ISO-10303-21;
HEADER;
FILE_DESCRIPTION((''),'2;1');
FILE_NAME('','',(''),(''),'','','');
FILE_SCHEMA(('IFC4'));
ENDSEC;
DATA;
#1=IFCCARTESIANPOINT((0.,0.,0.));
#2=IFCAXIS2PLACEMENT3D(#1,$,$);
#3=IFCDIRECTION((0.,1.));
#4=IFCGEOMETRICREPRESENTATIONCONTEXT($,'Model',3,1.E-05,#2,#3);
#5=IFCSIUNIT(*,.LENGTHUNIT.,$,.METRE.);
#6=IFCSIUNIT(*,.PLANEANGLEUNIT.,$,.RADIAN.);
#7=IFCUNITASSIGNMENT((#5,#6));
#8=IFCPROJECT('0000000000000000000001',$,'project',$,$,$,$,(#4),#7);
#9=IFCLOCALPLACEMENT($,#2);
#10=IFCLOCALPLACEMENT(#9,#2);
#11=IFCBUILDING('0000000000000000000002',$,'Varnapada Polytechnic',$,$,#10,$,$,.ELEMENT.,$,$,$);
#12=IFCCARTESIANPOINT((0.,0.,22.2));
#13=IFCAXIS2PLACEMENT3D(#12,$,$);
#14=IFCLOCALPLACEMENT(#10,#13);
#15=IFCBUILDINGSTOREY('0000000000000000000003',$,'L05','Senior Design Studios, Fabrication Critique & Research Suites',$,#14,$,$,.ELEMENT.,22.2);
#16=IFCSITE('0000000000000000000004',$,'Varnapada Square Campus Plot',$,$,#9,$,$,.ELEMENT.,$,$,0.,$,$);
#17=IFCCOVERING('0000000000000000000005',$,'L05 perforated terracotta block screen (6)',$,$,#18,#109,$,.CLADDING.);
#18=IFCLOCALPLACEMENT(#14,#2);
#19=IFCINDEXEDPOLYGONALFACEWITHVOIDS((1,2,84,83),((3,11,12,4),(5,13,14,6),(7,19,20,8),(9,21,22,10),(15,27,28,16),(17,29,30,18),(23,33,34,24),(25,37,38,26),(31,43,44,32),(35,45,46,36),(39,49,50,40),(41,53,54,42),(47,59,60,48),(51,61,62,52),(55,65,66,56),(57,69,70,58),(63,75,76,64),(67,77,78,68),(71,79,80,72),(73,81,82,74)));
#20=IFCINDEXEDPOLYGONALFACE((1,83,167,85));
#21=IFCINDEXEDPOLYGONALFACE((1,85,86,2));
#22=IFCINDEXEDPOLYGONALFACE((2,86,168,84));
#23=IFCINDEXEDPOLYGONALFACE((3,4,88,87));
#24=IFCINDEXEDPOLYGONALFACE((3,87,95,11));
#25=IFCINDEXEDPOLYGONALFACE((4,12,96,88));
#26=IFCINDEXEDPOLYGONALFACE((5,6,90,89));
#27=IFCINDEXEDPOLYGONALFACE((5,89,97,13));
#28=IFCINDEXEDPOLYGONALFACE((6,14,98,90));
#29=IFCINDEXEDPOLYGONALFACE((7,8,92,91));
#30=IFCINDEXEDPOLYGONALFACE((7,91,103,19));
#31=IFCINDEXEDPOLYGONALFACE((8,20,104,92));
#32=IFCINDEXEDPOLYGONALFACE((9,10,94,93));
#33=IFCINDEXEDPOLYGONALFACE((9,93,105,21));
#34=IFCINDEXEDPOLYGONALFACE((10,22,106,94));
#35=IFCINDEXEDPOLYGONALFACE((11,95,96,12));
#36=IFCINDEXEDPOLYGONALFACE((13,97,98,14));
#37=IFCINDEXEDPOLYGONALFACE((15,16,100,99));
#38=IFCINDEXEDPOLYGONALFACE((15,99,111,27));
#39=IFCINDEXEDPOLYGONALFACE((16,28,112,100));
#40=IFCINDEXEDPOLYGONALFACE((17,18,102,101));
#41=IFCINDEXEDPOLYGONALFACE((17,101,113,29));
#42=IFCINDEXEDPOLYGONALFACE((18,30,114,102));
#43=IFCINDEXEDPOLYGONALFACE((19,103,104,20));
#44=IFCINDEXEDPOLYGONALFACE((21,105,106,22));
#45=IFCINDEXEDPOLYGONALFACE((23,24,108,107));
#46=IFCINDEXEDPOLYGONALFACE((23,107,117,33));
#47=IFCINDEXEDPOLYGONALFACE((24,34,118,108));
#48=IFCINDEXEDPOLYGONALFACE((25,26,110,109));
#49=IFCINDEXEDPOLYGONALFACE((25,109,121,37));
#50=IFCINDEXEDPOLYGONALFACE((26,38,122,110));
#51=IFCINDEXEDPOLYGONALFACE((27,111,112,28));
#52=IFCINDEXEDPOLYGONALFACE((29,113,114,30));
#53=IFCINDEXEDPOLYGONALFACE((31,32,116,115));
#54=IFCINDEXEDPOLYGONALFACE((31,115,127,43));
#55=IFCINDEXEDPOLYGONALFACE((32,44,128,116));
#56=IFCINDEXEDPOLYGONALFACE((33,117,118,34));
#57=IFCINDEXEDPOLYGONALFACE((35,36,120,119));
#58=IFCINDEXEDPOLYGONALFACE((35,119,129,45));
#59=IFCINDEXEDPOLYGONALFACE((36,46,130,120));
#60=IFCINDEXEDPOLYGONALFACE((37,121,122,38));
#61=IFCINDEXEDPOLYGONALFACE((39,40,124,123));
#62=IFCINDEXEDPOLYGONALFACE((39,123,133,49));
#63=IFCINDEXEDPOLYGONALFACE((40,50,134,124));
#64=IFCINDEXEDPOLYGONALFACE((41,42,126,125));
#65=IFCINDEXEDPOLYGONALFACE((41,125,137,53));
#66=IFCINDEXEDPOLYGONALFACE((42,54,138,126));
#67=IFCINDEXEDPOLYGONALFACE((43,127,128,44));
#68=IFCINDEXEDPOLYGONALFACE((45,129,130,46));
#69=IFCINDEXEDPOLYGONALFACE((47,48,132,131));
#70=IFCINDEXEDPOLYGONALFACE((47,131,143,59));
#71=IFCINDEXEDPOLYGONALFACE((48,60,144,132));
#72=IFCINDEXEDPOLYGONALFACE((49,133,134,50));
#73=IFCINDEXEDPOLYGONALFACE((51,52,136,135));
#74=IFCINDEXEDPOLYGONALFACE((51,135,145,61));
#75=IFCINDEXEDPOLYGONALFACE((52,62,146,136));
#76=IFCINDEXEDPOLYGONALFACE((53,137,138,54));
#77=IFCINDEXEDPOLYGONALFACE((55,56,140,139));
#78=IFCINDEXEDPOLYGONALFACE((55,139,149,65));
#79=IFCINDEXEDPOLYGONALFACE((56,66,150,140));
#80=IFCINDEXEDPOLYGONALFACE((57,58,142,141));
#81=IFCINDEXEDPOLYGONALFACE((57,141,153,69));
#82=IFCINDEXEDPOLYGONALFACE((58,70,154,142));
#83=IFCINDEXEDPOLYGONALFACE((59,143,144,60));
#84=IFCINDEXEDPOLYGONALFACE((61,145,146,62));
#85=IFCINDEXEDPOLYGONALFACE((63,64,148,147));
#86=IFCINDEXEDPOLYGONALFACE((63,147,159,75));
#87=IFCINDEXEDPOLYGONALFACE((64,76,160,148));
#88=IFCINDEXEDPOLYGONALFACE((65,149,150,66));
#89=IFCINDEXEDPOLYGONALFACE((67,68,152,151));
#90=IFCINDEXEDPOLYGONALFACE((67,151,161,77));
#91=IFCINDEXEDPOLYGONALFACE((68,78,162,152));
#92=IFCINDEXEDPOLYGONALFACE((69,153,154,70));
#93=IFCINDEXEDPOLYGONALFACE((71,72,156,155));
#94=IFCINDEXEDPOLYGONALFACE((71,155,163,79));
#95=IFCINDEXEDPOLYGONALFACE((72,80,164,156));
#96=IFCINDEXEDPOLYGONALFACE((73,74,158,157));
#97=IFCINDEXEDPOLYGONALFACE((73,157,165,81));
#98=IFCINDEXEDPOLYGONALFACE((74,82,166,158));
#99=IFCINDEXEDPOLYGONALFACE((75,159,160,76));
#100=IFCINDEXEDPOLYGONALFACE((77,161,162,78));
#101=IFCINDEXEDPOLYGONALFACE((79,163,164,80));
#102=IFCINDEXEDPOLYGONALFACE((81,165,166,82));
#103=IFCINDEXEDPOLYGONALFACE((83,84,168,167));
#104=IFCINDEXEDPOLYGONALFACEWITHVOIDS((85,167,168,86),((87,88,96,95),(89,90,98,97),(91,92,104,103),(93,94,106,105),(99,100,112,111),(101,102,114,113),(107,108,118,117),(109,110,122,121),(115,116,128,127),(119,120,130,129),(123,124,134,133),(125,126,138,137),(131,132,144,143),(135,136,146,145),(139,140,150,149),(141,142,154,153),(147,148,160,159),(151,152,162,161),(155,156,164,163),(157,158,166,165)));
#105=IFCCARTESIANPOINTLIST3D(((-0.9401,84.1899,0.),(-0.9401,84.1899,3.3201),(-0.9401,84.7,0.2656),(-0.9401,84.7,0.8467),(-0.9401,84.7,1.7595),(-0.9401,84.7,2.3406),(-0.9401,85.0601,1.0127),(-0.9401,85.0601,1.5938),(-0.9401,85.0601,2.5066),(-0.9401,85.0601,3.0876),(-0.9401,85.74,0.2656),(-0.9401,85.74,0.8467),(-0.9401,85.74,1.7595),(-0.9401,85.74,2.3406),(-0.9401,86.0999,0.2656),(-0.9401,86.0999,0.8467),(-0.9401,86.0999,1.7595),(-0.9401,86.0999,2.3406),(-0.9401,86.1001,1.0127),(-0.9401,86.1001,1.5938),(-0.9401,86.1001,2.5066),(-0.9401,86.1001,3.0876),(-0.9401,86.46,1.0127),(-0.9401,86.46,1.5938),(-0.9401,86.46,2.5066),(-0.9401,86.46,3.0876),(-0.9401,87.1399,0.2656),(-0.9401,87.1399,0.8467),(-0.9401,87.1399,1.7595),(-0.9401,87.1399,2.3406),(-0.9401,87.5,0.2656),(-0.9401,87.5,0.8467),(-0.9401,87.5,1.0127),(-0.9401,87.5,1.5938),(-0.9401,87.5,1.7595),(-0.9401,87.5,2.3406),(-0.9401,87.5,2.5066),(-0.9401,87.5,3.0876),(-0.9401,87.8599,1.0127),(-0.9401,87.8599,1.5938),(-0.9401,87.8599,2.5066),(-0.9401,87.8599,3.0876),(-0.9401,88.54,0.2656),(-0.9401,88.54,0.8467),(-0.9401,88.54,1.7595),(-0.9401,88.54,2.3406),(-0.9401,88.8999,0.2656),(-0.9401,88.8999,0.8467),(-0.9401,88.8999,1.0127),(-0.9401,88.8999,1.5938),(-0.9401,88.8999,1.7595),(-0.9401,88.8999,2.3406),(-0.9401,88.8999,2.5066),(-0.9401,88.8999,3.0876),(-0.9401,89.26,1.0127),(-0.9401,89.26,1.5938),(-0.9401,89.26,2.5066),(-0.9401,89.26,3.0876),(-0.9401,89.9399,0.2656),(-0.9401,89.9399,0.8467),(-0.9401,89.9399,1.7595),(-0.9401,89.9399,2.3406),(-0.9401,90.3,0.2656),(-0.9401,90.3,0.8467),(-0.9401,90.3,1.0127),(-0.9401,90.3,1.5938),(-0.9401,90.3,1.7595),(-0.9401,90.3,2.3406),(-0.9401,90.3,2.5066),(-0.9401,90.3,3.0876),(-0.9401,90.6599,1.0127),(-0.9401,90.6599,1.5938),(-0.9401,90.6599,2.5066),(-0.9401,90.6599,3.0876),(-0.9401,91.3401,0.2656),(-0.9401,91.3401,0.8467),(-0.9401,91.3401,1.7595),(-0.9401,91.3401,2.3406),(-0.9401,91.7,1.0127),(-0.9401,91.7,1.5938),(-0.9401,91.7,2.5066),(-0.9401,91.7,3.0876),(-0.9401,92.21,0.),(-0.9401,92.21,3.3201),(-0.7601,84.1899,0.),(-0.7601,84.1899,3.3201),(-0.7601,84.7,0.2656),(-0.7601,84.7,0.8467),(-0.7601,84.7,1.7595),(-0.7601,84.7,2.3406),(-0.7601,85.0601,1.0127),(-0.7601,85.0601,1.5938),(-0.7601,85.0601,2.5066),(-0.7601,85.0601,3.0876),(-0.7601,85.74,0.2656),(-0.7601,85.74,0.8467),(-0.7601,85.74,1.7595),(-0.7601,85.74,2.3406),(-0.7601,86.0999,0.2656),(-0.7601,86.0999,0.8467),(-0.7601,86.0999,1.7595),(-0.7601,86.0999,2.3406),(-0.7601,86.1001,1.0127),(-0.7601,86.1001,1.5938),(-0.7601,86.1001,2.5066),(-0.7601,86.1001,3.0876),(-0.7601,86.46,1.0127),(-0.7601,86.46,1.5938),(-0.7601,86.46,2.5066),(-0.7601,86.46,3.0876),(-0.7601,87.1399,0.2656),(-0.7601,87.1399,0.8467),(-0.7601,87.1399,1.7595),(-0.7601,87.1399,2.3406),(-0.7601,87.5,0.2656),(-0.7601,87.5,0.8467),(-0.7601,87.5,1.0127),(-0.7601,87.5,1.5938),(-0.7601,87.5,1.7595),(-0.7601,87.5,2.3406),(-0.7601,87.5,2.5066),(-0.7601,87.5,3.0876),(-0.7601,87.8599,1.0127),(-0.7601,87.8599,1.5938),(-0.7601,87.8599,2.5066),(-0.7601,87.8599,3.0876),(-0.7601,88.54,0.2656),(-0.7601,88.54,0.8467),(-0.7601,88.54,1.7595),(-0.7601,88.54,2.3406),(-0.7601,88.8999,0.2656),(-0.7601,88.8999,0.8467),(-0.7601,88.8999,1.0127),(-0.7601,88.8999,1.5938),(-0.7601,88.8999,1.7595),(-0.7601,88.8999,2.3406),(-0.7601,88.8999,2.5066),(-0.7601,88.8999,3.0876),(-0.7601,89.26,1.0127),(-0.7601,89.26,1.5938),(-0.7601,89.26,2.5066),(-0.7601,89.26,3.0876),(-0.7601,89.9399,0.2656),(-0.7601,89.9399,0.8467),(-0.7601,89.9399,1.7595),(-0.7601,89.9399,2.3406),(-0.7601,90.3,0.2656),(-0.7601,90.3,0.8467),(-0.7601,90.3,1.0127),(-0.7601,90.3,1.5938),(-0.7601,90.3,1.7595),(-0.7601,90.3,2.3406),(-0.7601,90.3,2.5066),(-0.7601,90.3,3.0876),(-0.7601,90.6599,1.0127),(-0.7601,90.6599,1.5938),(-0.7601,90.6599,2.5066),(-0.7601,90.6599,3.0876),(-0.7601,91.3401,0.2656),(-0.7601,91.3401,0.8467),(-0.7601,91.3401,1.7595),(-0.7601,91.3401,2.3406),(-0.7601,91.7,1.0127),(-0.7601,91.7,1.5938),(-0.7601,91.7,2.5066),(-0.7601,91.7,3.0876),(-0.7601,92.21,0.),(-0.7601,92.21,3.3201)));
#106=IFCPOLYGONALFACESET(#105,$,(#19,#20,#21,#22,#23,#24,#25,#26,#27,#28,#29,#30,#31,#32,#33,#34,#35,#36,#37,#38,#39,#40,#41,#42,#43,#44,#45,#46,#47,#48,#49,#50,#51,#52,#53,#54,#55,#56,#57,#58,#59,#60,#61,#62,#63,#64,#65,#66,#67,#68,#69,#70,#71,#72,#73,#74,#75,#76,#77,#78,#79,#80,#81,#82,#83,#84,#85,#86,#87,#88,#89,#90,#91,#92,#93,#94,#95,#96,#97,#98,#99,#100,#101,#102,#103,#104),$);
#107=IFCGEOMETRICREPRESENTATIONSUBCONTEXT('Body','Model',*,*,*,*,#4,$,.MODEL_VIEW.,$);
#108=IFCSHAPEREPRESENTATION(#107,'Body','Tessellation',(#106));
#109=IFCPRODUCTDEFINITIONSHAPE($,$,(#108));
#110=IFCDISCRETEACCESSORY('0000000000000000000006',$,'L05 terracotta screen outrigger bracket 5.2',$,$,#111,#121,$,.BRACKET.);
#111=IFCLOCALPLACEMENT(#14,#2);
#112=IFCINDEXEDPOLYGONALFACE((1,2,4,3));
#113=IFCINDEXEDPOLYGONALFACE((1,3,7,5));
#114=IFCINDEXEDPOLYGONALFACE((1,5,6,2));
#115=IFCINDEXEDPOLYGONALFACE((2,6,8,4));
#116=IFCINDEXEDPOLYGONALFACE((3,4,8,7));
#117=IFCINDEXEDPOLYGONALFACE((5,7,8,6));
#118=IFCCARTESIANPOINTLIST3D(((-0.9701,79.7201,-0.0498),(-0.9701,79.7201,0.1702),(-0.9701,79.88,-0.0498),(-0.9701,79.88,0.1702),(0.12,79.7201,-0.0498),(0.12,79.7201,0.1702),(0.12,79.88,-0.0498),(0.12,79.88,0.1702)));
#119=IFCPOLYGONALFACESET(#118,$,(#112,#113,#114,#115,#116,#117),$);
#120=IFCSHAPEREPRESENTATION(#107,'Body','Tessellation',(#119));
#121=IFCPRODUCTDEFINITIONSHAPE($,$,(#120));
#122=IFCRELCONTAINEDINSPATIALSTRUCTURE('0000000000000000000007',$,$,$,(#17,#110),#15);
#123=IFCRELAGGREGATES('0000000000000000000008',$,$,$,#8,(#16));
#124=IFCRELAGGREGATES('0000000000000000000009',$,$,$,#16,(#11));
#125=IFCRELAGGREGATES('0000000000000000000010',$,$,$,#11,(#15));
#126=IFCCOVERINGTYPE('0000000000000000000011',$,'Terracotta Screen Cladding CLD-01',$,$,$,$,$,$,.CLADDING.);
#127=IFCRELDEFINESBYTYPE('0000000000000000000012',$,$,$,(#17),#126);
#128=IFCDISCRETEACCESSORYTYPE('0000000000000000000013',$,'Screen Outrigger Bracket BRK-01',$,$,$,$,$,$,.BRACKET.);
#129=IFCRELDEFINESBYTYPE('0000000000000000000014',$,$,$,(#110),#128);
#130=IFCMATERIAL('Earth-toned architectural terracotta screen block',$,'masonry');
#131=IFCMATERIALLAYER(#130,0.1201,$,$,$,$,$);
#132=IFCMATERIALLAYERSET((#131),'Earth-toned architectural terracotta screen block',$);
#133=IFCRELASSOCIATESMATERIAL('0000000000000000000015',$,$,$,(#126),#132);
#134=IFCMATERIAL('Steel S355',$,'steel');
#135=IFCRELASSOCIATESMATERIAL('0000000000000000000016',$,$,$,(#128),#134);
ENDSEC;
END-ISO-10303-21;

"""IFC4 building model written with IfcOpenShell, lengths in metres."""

from ifc_helpers import new_model, si_unit, direction, frame, frame_2d, origin, origin_2d, place, context, subcontext, project, spatial, rectangle, extrude, material, layer, layer_set, type_object, element, save


model = new_model("IFC4")

# Units and contexts
model_context = context("Model", 3, precision=1e-05, world=origin(), true_north=direction((0.0, 1.0)))
body_context = subcontext(model_context, "Body", "Model", "MODEL_VIEW")
ifc_project = project(units=[si_unit("LENGTHUNIT", "METRE"), si_unit("PLANEANGLEUNIT", "RADIAN")], contexts=[model_context])

# Site, building, storey
site_placement = place(None, origin())
site = spatial("IfcSite", under=ifc_project, at=site_placement, Name="Varnapada Square Campus Plot", CompositionType="ELEMENT", RefElevation=0.0)
building_placement = place(site_placement, origin())
building = spatial("IfcBuilding", under=site, at=building_placement, Name="Varnapada Polytechnic", CompositionType="ELEMENT")
storey_placement = place(building_placement, frame((0.0, 0.0, 22.2)))
storey = spatial("IfcBuildingStorey", under=building, at=storey_placement, Name="L05", Description="Senior Design Studios, Fabrication Critique & Research Suites", CompositionType="ELEMENT", Elevation=22.2)

# Covering, openings
ifc_material_1 = material(Name="Earth-toned architectural terracotta screen block", Category="masonry")
ifc_layer_1 = layer(ifc_material_1, 0.1201)
ifc_layer_set_1 = layer_set([ifc_layer_1], Name="Earth-toned architectural terracotta screen block")
covering_type = type_object("IfcCoveringType", Name="Terracotta Screen Cladding CLD-01", PredefinedType="CLADDING", material=ifc_layer_set_1)
covering_placement = place(storey_placement, frame((-0.8501, 84.1899, 0.0), z_axis=(0.0, 0.0, 1.0), x_axis=(0.0, 1.0, 0.0)))
covering = element("IfcCovering", 1, at=covering_placement, inside=storey, type_object=covering_type, Name="L05 perforated terracotta block screen (6)", PredefinedType="CLADDING", context=body_context, shape_type="SweptSolid", body=[
    extrude(rectangle(XDim=8.02, YDim=0.1799, at=frame_2d((4.01, 0.0))), origin(), (0.0, 0.0, 1.0), 3.3201),
])
opening_1_placement = place(covering_placement, frame((0.51, 0.0, 0.2656)))
element("IfcOpeningElement", 2, at=opening_1_placement, cuts=covering, PredefinedType="OPENING", context=body_context, shape_type="SweptSolid", body=[
    extrude(rectangle(XDim=1.04, YDim=0.5811, at=frame_2d((0.52, 0.2905))), frame((0.0, 0.0999, 0.0), z_axis=(0.0, -1.0, 0.0), x_axis=(1.0, 0.0, 0.0)), (0.0, 0.0, 1.0), 0.2),
])
opening_2_placement = place(covering_placement, frame((1.9099, 0.0, 0.2656)))
element("IfcOpeningElement", 3, at=opening_2_placement, cuts=covering, PredefinedType="OPENING", context=body_context, shape_type="SweptSolid", body=[
    extrude(rectangle(XDim=1.04, YDim=0.5811, at=frame_2d((0.52, 0.2905))), frame((0.0, 0.0999, 0.0), z_axis=(0.0, -1.0, 0.0), x_axis=(1.0, 0.0, 0.0)), (0.0, 0.0, 1.0), 0.2),
])
opening_3_placement = place(covering_placement, frame((3.3101, 0.0, 0.2656)))
element("IfcOpeningElement", 4, at=opening_3_placement, cuts=covering, PredefinedType="OPENING", context=body_context, shape_type="SweptSolid", body=[
    extrude(rectangle(XDim=1.04, YDim=0.5811, at=frame_2d((0.52, 0.2905))), frame((0.0, 0.0999, 0.0), z_axis=(0.0, -1.0, 0.0), x_axis=(1.0, 0.0, 0.0)), (0.0, 0.0, 1.0), 0.2),
])
opening_4_placement = place(covering_placement, frame((4.71, 0.0, 0.2656)))
element("IfcOpeningElement", 5, at=opening_4_placement, cuts=covering, PredefinedType="OPENING", context=body_context, shape_type="SweptSolid", body=[
    extrude(rectangle(XDim=1.04, YDim=0.5811, at=frame_2d((0.52, 0.2905))), frame((0.0, 0.0999, 0.0), z_axis=(0.0, -1.0, 0.0), x_axis=(1.0, 0.0, 0.0)), (0.0, 0.0, 1.0), 0.2),
])
opening_5_placement = place(covering_placement, frame((6.1101, 0.0, 0.2656)))
element("IfcOpeningElement", 6, at=opening_5_placement, cuts=covering, PredefinedType="OPENING", context=body_context, shape_type="SweptSolid", body=[
    extrude(rectangle(XDim=1.04, YDim=0.5811, at=frame_2d((0.52, 0.2905))), frame((0.0, 0.0999, 0.0), z_axis=(0.0, -1.0, 0.0), x_axis=(1.0, 0.0, 0.0)), (0.0, 0.0, 1.0), 0.2),
])
opening_6_placement = place(covering_placement, frame((0.8701, 0.0, 1.0127)))
element("IfcOpeningElement", 7, at=opening_6_placement, cuts=covering, PredefinedType="OPENING", context=body_context, shape_type="SweptSolid", body=[
    extrude(rectangle(XDim=1.04, YDim=0.5811, at=frame_2d((0.52, 0.2905))), frame((0.0, 0.0999, 0.0), z_axis=(0.0, -1.0, 0.0), x_axis=(1.0, 0.0, 0.0)), (0.0, 0.0, 1.0), 0.2),
])
opening_7_placement = place(covering_placement, frame((2.27, 0.0, 1.0127)))
element("IfcOpeningElement", 8, at=opening_7_placement, cuts=covering, PredefinedType="OPENING", context=body_context, shape_type="SweptSolid", body=[
    extrude(rectangle(XDim=1.04, YDim=0.5811, at=frame_2d((0.52, 0.2905))), frame((0.0, 0.0999, 0.0), z_axis=(0.0, -1.0, 0.0), x_axis=(1.0, 0.0, 0.0)), (0.0, 0.0, 1.0), 0.2),
])
opening_8_placement = place(covering_placement, frame((3.6699, 0.0, 1.0127)))
element("IfcOpeningElement", 9, at=opening_8_placement, cuts=covering, PredefinedType="OPENING", context=body_context, shape_type="SweptSolid", body=[
    extrude(rectangle(XDim=1.04, YDim=0.5811, at=frame_2d((0.52, 0.2905))), frame((0.0, 0.0999, 0.0), z_axis=(0.0, -1.0, 0.0), x_axis=(1.0, 0.0, 0.0)), (0.0, 0.0, 1.0), 0.2),
])
opening_9_placement = place(covering_placement, frame((5.0701, 0.0, 1.0127)))
element("IfcOpeningElement", 10, at=opening_9_placement, cuts=covering, PredefinedType="OPENING", context=body_context, shape_type="SweptSolid", body=[
    extrude(rectangle(XDim=1.04, YDim=0.5811, at=frame_2d((0.52, 0.2905))), frame((0.0, 0.0999, 0.0), z_axis=(0.0, -1.0, 0.0), x_axis=(1.0, 0.0, 0.0)), (0.0, 0.0, 1.0), 0.2),
])
opening_10_placement = place(covering_placement, frame((6.47, 0.0, 1.0127)))
element("IfcOpeningElement", 11, at=opening_10_placement, cuts=covering, PredefinedType="OPENING", context=body_context, shape_type="SweptSolid", body=[
    extrude(rectangle(XDim=1.04, YDim=0.5811, at=frame_2d((0.52, 0.2905))), frame((0.0, 0.0999, 0.0), z_axis=(0.0, -1.0, 0.0), x_axis=(1.0, 0.0, 0.0)), (0.0, 0.0, 1.0), 0.2),
])
opening_11_placement = place(covering_placement, frame((0.51, 0.0, 1.7595)))
element("IfcOpeningElement", 12, at=opening_11_placement, cuts=covering, PredefinedType="OPENING", context=body_context, shape_type="SweptSolid", body=[
    extrude(rectangle(XDim=1.04, YDim=0.5811, at=frame_2d((0.52, 0.2905))), frame((0.0, 0.0999, 0.0), z_axis=(0.0, -1.0, 0.0), x_axis=(1.0, 0.0, 0.0)), (0.0, 0.0, 1.0), 0.2),
])
opening_12_placement = place(covering_placement, frame((1.9099, 0.0, 1.7595)))
element("IfcOpeningElement", 13, at=opening_12_placement, cuts=covering, PredefinedType="OPENING", context=body_context, shape_type="SweptSolid", body=[
    extrude(rectangle(XDim=1.04, YDim=0.5811, at=frame_2d((0.52, 0.2905))), frame((0.0, 0.0999, 0.0), z_axis=(0.0, -1.0, 0.0), x_axis=(1.0, 0.0, 0.0)), (0.0, 0.0, 1.0), 0.2),
])
opening_13_placement = place(covering_placement, frame((3.3101, 0.0, 1.7595)))
element("IfcOpeningElement", 14, at=opening_13_placement, cuts=covering, PredefinedType="OPENING", context=body_context, shape_type="SweptSolid", body=[
    extrude(rectangle(XDim=1.04, YDim=0.5811, at=frame_2d((0.52, 0.2905))), frame((0.0, 0.0999, 0.0), z_axis=(0.0, -1.0, 0.0), x_axis=(1.0, 0.0, 0.0)), (0.0, 0.0, 1.0), 0.2),
])
opening_14_placement = place(covering_placement, frame((4.71, 0.0, 1.7595)))
element("IfcOpeningElement", 15, at=opening_14_placement, cuts=covering, PredefinedType="OPENING", context=body_context, shape_type="SweptSolid", body=[
    extrude(rectangle(XDim=1.04, YDim=0.5811, at=frame_2d((0.52, 0.2905))), frame((0.0, 0.0999, 0.0), z_axis=(0.0, -1.0, 0.0), x_axis=(1.0, 0.0, 0.0)), (0.0, 0.0, 1.0), 0.2),
])
opening_15_placement = place(covering_placement, frame((6.1101, 0.0, 1.7595)))
element("IfcOpeningElement", 16, at=opening_15_placement, cuts=covering, PredefinedType="OPENING", context=body_context, shape_type="SweptSolid", body=[
    extrude(rectangle(XDim=1.04, YDim=0.5811, at=frame_2d((0.52, 0.2905))), frame((0.0, 0.0999, 0.0), z_axis=(0.0, -1.0, 0.0), x_axis=(1.0, 0.0, 0.0)), (0.0, 0.0, 1.0), 0.2),
])
opening_16_placement = place(covering_placement, frame((0.8701, 0.0, 2.5066)))
element("IfcOpeningElement", 17, at=opening_16_placement, cuts=covering, PredefinedType="OPENING", context=body_context, shape_type="SweptSolid", body=[
    extrude(rectangle(XDim=1.04, YDim=0.5811, at=frame_2d((0.52, 0.2905))), frame((0.0, 0.0999, 0.0), z_axis=(0.0, -1.0, 0.0), x_axis=(1.0, 0.0, 0.0)), (0.0, 0.0, 1.0), 0.2),
])
opening_17_placement = place(covering_placement, frame((2.27, 0.0, 2.5066)))
element("IfcOpeningElement", 18, at=opening_17_placement, cuts=covering, PredefinedType="OPENING", context=body_context, shape_type="SweptSolid", body=[
    extrude(rectangle(XDim=1.04, YDim=0.5811, at=frame_2d((0.52, 0.2905))), frame((0.0, 0.0999, 0.0), z_axis=(0.0, -1.0, 0.0), x_axis=(1.0, 0.0, 0.0)), (0.0, 0.0, 1.0), 0.2),
])
opening_18_placement = place(covering_placement, frame((3.6699, 0.0, 2.5066)))
element("IfcOpeningElement", 19, at=opening_18_placement, cuts=covering, PredefinedType="OPENING", context=body_context, shape_type="SweptSolid", body=[
    extrude(rectangle(XDim=1.04, YDim=0.5811, at=frame_2d((0.52, 0.2905))), frame((0.0, 0.0999, 0.0), z_axis=(0.0, -1.0, 0.0), x_axis=(1.0, 0.0, 0.0)), (0.0, 0.0, 1.0), 0.2),
])
opening_19_placement = place(covering_placement, frame((5.0701, 0.0, 2.5066)))
element("IfcOpeningElement", 20, at=opening_19_placement, cuts=covering, PredefinedType="OPENING", context=body_context, shape_type="SweptSolid", body=[
    extrude(rectangle(XDim=1.04, YDim=0.5811, at=frame_2d((0.52, 0.2905))), frame((0.0, 0.0999, 0.0), z_axis=(0.0, -1.0, 0.0), x_axis=(1.0, 0.0, 0.0)), (0.0, 0.0, 1.0), 0.2),
])
opening_20_placement = place(covering_placement, frame((6.47, 0.0, 2.5066)))
element("IfcOpeningElement", 21, at=opening_20_placement, cuts=covering, PredefinedType="OPENING", context=body_context, shape_type="SweptSolid", body=[
    extrude(rectangle(XDim=1.04, YDim=0.5811, at=frame_2d((0.52, 0.2905))), frame((0.0, 0.0999, 0.0), z_axis=(0.0, -1.0, 0.0), x_axis=(1.0, 0.0, 0.0)), (0.0, 0.0, 1.0), 0.2),
])

# Discrete accessory
ifc_material_2 = material(Name="Steel S355", Category="steel")
discrete_accessory_type = type_object("IfcDiscreteAccessoryType", Name="Screen Outrigger Bracket BRK-01", PredefinedType="BRACKET", material=ifc_material_2)
for number, where, z_axis, x_axis, name in (
    (22, (-0.425, 79.8, -0.0498), (0.0, 0.0, 1.0), (0.0, 1.0, 0.0), "L05 terracotta screen outrigger bracket 5.2"),
):
    element("IfcDiscreteAccessory", number, at=place(storey_placement, frame(where, z_axis=z_axis, x_axis=x_axis)), inside=storey, type_object=discrete_accessory_type, Name=name, PredefinedType="BRACKET", context=body_context, shape_type="SweptSolid", body=[
        extrude(rectangle(XDim=0.1599, YDim=1.0901, at=origin_2d()), origin(), (0.0, 0.0, 1.0), 0.22),
    ])

save(model, "model.ifc")
